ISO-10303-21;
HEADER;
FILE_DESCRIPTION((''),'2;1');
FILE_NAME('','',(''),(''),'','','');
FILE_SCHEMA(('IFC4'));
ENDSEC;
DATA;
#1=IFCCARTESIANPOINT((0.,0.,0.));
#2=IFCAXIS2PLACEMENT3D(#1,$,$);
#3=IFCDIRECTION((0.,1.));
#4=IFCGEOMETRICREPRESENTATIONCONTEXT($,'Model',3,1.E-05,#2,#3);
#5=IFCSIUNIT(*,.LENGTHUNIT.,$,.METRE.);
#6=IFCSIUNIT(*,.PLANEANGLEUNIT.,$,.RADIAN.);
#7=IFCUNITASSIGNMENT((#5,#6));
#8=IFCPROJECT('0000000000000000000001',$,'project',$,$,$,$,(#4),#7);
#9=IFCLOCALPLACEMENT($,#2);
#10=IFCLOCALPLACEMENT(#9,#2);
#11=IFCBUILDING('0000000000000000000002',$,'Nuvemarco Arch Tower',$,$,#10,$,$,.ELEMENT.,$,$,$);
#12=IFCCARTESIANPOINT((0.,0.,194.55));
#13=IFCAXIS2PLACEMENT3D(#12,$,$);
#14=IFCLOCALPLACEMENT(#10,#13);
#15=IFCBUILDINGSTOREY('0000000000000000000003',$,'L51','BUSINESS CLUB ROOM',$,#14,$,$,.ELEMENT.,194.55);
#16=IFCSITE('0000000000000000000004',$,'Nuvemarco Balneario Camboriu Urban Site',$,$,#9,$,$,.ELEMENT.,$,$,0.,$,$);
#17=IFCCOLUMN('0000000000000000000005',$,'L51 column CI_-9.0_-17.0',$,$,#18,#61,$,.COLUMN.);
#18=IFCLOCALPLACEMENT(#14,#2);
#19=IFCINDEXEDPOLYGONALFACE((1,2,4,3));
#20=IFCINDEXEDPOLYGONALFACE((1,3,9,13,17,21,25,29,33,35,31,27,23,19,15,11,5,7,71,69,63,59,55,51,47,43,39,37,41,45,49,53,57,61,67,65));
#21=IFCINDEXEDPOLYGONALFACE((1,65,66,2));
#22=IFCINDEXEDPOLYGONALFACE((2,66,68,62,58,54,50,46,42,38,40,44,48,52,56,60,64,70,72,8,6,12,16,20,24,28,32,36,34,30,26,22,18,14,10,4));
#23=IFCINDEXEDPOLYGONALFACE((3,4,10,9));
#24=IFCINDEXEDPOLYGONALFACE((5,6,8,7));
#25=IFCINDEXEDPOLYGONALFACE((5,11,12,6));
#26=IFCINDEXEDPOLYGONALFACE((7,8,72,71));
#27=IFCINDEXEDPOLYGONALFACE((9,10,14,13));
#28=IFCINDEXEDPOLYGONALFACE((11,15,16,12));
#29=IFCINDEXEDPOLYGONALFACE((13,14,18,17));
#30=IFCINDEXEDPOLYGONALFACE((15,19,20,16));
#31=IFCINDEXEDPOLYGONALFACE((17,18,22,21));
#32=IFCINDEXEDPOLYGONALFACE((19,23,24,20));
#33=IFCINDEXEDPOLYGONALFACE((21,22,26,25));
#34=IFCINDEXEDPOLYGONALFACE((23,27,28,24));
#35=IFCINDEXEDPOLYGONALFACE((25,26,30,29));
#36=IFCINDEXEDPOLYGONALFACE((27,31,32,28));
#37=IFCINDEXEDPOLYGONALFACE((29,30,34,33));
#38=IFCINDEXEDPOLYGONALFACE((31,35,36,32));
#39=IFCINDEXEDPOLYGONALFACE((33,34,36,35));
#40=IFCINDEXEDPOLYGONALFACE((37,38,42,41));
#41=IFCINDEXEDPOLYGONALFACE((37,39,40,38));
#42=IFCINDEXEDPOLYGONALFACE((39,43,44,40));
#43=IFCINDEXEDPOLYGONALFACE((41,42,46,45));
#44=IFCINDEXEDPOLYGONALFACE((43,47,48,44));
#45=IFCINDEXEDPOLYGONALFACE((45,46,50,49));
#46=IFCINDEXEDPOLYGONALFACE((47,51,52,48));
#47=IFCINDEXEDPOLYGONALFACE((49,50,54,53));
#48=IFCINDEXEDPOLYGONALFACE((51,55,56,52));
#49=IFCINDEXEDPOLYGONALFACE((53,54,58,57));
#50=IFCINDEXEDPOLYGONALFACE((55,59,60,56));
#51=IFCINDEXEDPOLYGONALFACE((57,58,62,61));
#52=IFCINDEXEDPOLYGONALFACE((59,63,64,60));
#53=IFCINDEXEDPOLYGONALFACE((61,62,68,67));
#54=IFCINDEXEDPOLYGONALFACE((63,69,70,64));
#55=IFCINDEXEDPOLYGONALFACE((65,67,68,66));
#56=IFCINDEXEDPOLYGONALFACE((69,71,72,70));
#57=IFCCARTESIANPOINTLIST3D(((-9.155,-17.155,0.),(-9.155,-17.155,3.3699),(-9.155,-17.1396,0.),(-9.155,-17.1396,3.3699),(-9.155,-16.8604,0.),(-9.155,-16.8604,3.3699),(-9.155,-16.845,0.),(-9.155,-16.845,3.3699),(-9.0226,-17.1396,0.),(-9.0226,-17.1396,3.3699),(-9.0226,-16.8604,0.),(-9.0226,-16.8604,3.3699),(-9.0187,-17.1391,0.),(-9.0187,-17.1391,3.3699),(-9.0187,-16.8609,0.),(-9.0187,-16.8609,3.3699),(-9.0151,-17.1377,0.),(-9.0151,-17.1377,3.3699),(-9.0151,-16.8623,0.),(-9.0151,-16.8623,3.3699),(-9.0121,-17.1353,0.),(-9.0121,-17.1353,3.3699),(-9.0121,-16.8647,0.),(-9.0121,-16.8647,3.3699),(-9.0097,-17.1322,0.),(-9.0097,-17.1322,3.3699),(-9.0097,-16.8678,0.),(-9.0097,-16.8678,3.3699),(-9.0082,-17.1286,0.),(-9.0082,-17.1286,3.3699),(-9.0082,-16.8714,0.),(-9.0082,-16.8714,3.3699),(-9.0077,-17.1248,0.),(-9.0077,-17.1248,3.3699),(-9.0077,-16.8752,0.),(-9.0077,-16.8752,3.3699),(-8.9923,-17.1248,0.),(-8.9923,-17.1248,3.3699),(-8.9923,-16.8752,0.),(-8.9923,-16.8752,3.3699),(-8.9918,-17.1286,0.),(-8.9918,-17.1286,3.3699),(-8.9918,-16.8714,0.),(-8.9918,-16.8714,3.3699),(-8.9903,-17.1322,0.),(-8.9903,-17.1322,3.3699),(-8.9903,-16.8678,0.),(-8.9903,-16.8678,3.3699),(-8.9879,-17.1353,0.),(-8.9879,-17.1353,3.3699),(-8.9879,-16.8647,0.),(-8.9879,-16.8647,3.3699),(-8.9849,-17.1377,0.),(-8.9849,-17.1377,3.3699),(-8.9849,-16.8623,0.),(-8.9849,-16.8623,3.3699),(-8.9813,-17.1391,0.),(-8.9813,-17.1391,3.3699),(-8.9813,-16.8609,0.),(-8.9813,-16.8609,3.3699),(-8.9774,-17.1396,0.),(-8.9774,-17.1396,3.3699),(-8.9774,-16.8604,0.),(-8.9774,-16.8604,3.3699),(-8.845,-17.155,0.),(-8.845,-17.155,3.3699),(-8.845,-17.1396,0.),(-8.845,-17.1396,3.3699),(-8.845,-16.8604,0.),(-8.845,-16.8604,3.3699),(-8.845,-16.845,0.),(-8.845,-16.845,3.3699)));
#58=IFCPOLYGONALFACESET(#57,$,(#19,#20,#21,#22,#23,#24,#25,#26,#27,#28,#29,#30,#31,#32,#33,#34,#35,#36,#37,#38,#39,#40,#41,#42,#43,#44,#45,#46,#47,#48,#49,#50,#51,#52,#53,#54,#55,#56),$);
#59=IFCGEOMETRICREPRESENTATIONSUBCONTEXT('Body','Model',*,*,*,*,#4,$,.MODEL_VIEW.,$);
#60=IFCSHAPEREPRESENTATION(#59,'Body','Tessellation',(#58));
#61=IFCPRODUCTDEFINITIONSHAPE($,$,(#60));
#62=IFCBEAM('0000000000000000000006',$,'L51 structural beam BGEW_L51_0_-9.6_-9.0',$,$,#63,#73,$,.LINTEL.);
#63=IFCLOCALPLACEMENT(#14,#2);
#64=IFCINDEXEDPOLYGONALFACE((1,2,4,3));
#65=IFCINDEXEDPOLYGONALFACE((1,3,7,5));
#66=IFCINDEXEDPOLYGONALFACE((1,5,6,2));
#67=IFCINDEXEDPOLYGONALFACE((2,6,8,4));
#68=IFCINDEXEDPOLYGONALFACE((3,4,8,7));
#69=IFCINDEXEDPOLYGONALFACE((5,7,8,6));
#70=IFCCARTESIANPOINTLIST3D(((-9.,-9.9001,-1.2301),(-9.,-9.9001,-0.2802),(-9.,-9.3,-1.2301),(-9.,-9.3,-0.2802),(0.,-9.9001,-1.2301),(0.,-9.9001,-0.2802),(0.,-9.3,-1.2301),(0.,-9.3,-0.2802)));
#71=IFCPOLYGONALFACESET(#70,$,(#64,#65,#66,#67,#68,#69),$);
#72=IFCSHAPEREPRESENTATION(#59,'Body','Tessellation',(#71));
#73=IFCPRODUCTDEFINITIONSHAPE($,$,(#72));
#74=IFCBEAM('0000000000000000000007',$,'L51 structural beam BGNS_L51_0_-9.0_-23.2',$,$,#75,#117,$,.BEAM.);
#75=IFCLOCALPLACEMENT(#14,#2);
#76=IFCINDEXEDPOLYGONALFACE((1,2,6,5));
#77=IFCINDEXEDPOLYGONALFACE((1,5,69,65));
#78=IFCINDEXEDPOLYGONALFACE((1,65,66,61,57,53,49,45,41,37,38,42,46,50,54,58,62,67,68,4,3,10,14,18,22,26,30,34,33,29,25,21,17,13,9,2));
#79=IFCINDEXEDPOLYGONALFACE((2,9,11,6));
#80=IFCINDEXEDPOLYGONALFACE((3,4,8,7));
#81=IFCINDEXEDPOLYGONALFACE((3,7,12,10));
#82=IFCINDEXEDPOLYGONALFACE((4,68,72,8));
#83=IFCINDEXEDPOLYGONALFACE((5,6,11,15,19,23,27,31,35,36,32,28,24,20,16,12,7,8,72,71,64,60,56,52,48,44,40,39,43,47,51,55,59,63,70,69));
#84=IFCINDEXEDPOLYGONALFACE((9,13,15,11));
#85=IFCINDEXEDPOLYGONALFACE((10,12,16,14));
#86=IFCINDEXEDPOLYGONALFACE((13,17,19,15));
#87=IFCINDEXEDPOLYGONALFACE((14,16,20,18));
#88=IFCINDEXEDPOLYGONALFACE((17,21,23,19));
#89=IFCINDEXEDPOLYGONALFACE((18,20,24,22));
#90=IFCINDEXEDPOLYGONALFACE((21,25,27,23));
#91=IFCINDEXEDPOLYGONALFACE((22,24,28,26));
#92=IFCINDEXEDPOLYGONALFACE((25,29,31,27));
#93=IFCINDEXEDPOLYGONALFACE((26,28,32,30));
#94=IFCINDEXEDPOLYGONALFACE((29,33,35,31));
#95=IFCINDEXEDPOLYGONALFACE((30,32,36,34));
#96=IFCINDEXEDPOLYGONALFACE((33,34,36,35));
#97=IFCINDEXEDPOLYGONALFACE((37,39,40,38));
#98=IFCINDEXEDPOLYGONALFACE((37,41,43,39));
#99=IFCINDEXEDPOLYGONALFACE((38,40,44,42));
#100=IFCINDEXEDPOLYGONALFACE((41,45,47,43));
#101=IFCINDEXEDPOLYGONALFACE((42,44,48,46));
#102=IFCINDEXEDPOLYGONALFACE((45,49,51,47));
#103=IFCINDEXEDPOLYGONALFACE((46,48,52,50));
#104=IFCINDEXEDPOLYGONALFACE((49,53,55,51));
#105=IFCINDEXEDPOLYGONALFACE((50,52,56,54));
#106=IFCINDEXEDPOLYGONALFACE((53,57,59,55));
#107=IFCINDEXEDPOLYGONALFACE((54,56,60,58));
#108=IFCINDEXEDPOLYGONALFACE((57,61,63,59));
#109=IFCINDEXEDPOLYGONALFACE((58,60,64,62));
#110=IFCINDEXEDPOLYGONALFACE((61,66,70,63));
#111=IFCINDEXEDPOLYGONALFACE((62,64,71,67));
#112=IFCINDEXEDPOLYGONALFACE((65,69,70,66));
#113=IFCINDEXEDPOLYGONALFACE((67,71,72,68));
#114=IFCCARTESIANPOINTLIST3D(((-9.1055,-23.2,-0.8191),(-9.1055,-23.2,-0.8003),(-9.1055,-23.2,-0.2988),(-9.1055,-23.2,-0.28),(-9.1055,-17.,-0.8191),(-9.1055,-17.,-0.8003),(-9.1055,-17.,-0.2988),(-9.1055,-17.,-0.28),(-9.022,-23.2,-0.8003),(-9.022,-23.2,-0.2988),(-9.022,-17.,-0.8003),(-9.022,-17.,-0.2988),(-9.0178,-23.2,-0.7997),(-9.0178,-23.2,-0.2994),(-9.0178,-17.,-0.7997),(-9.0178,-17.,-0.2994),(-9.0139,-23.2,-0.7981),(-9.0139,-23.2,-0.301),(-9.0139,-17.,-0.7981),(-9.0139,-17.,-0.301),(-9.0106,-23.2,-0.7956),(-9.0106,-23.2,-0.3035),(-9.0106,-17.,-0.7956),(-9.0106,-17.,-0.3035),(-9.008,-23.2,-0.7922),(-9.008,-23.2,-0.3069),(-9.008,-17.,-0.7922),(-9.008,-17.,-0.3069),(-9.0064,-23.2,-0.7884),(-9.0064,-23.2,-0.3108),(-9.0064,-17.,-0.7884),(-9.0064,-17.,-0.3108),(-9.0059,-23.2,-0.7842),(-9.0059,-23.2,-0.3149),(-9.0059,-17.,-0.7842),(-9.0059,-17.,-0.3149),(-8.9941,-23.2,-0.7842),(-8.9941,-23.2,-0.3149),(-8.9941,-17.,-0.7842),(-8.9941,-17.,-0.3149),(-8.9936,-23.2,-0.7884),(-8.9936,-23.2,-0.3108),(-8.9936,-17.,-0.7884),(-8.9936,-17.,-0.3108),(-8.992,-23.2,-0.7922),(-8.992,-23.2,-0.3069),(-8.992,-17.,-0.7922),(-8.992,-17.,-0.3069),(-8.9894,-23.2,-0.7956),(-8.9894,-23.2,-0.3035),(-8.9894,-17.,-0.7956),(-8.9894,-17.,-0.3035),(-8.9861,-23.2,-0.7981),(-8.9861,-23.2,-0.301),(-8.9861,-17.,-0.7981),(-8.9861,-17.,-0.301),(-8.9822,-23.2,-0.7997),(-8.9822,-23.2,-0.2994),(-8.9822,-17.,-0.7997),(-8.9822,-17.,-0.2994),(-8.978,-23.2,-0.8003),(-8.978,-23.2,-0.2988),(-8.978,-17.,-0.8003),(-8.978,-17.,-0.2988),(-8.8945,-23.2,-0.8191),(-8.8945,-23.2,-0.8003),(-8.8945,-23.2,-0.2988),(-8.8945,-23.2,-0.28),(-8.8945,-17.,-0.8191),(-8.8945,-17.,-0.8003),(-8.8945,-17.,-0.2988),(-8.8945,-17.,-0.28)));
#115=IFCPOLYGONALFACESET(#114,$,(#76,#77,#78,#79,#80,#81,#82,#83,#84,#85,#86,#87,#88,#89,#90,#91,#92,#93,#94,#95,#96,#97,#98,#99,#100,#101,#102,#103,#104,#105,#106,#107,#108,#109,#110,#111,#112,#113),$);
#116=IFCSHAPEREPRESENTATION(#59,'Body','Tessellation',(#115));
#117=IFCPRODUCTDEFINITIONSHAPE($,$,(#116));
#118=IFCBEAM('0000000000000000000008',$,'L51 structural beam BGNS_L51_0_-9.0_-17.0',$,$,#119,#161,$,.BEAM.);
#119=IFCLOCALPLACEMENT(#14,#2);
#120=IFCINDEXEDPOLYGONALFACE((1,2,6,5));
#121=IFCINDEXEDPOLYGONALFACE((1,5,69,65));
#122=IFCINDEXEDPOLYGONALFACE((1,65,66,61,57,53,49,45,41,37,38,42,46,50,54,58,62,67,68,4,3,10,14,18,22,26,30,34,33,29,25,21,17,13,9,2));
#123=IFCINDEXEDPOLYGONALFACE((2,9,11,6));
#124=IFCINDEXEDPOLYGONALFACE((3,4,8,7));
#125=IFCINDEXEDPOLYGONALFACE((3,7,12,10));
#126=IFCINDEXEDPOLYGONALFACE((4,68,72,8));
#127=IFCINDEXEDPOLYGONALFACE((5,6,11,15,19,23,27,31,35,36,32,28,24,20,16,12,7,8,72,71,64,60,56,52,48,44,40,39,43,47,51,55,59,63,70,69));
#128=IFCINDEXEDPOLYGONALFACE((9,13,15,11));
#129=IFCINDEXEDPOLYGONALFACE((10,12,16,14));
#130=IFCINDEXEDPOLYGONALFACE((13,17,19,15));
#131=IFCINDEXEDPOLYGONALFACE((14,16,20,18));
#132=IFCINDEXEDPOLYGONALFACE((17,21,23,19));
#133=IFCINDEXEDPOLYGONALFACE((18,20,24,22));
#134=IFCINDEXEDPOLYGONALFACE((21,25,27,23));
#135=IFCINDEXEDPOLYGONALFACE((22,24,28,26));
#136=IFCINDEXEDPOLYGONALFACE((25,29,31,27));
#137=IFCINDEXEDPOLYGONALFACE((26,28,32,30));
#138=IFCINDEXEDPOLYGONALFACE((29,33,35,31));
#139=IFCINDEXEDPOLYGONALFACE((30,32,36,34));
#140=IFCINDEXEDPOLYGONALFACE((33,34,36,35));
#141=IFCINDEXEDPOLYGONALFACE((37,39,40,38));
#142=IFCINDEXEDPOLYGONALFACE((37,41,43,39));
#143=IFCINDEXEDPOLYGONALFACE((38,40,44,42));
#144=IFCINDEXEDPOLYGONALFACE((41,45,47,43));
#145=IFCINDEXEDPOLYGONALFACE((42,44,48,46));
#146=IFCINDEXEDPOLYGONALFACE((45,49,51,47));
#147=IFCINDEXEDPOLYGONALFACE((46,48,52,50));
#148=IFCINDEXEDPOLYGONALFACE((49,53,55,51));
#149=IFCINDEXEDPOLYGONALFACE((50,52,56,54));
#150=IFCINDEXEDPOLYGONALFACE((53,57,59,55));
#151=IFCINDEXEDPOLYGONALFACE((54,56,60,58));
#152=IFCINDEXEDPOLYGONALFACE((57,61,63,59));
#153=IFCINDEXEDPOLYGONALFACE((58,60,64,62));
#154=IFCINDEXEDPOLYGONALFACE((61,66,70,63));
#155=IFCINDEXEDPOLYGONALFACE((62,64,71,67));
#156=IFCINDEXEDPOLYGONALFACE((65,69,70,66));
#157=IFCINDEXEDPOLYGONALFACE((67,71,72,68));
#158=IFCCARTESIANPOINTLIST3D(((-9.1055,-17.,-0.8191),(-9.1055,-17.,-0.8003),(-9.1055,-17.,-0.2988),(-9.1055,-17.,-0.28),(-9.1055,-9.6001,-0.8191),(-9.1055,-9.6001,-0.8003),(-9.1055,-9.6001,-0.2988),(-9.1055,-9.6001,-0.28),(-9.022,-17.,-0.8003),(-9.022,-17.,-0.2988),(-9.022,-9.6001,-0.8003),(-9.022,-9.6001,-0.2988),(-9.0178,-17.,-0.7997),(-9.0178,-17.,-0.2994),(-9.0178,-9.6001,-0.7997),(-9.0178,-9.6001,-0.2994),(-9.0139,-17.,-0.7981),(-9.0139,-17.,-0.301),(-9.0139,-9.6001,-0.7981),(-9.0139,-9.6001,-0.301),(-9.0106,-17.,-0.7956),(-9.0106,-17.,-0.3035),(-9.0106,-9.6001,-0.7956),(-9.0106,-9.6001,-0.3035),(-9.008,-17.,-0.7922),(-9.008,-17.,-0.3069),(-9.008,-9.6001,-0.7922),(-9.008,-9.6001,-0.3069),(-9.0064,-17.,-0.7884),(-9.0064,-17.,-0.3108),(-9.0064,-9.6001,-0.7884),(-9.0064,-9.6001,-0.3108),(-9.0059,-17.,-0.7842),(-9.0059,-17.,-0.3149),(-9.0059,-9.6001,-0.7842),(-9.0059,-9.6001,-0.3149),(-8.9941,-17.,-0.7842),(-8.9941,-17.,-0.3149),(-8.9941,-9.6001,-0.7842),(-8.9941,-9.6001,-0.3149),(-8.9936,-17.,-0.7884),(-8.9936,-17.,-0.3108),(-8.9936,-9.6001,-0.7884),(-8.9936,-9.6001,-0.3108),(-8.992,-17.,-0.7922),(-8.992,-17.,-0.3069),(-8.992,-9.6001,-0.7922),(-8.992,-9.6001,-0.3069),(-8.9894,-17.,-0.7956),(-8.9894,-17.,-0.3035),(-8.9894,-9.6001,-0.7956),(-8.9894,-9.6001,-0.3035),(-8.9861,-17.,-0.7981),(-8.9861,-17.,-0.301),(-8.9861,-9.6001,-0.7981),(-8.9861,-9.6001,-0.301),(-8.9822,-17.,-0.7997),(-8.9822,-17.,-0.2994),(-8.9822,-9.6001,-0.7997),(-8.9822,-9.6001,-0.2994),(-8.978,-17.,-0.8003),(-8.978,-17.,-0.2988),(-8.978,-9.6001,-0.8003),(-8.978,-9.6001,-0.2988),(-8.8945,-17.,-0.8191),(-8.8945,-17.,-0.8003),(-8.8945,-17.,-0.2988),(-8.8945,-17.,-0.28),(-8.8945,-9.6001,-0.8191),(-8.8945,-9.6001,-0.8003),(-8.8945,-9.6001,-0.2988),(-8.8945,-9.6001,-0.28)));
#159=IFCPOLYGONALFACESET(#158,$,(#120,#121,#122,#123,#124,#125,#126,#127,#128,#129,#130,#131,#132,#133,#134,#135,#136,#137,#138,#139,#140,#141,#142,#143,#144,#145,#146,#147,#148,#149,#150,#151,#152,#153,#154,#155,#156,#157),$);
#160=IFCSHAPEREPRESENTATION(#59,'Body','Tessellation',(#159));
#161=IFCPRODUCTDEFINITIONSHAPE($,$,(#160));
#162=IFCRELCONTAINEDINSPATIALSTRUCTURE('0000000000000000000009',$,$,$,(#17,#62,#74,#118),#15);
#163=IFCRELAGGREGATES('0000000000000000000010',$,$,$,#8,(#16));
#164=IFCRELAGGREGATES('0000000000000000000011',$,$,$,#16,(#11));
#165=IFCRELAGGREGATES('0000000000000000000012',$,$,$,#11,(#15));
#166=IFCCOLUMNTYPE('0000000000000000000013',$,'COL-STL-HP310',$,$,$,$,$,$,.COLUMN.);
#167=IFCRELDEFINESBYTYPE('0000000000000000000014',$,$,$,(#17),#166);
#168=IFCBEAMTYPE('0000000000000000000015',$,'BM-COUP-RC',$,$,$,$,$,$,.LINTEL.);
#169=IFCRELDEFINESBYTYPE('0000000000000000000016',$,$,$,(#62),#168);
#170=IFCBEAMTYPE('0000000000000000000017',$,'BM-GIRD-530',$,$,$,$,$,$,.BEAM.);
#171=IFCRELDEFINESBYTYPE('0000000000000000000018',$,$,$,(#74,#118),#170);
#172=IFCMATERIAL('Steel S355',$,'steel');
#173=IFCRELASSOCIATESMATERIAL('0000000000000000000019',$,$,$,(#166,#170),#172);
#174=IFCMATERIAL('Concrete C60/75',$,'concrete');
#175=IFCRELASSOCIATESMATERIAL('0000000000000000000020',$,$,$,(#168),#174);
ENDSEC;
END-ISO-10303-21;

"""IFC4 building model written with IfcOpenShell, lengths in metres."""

from ifc_helpers import new_model, si_unit, direction, frame, origin, origin_2d, place, context, subcontext, project, spatial, rectangle, i_section, extrude, material, material_profile, profile_set, type_object, element, save


model = new_model("IFC4")

# Units and contexts
model_context = context("Model", 3, precision=1e-05, world=origin(), true_north=direction((0.0, 1.0)))
body_context = subcontext(model_context, "Body", "Model", "MODEL_VIEW")
ifc_project = project(units=[si_unit("LENGTHUNIT", "METRE"), si_unit("PLANEANGLEUNIT", "RADIAN")], contexts=[model_context])

# Site, building, storey
site_placement = place(None, origin())
site = spatial("IfcSite", under=ifc_project, at=site_placement, Name="Nuvemarco Balneario Camboriu Urban Site", CompositionType="ELEMENT", RefElevation=0.0)
building_placement = place(site_placement, origin())
building = spatial("IfcBuilding", under=site, at=building_placement, Name="Nuvemarco Arch Tower", CompositionType="ELEMENT")
storey_placement = place(building_placement, frame((0.0, 0.0, 194.55)))
storey = spatial("IfcBuildingStorey", under=building, at=storey_placement, Name="L51", Description="BUSINESS CLUB ROOM", CompositionType="ELEMENT", Elevation=194.55)

# Column
ifc_material_1 = material(Name="Steel S355", Category="steel")
ifc_material_profile_1 = material_profile(ifc_material_1, i_section(OverallWidth=0.3101, OverallDepth=0.3101, WebThickness=0.0154, FlangeThickness=0.0154, FilletRadius=0.0149, at=origin_2d()), Name="HP310x110")
ifc_profile_set_1 = profile_set([ifc_material_profile_1], Name="Steel S355")
column_type_1 = type_object("IfcColumnType", Name="COL-STL-HP310", PredefinedType="COLUMN", material=ifc_profile_set_1)
column_1_placement = place(storey_placement, frame((-9.0, -17.0, 0.0), z_axis=(0.0, 0.0, 1.0), x_axis=(1.0, 0.0, 0.0)))
element("IfcColumn", 1, at=column_1_placement, inside=storey, type_object=column_type_1, Name="L51 column CI_-9.0_-17.0", PredefinedType="COLUMN", context=body_context, shape_type="SweptSolid", body=[
    extrude(i_section(OverallWidth=0.3101, OverallDepth=0.3101, WebThickness=0.0154, FlangeThickness=0.0154, FilletRadius=0.0149, at=origin_2d()), origin(), (0.0, 0.0, 1.0), 3.3699),
])

# Beams
ifc_material_2 = material(Name="Concrete C60/75", Category="concrete")
ifc_material_profile_2 = material_profile(ifc_material_2, rectangle(XDim=0.6001, YDim=0.95, at=origin_2d()), Name="RC-BM-600x950")
ifc_profile_set_2 = profile_set([ifc_material_profile_2], Name="Concrete C60/75")
beam_type_1 = type_object("IfcBeamType", Name="BM-COUP-RC", PredefinedType="LINTEL", material=ifc_profile_set_2)
beam_1_placement = place(storey_placement, frame((-9.0, -9.6001, -0.7551), z_axis=(1.0, 0.0, 0.0), x_axis=(0.0, 1.0, 0.0)))
element("IfcBeam", 2, at=beam_1_placement, inside=storey, type_object=beam_type_1, Name="L51 structural beam BGEW_L51_0_-9.6_-9.0", PredefinedType="LINTEL", context=body_context, shape_type="SweptSolid", body=[
    extrude(rectangle(XDim=0.6001, YDim=0.95, at=origin_2d()), origin(), (0.0, 0.0, 1.0), 9.0),
])
ifc_material_profile_3 = material_profile(ifc_material_1, i_section(OverallWidth=0.2109, OverallDepth=0.5391, WebThickness=0.0117, FlangeThickness=0.0188, FilletRadius=0.0161, at=origin_2d()), Name="W530x109")
ifc_profile_set_3 = profile_set([ifc_material_profile_3], Name="Steel S355")
beam_type_2 = type_object("IfcBeamType", Name="BM-GIRD-530", PredefinedType="BEAM", material=ifc_profile_set_3)
beam_2_placement = place(storey_placement, frame((-9.0, -23.2, -0.5496), z_axis=(0.0, 1.0, 0.0), x_axis=(-1.0, 0.0, 0.0)))
element("IfcBeam", 3, at=beam_2_placement, inside=storey, type_object=beam_type_2, Name="L51 structural beam BGNS_L51_0_-9.0_-23.2", PredefinedType="BEAM", context=body_context, shape_type="SweptSolid", body=[
    extrude(i_section(OverallWidth=0.2109, OverallDepth=0.5391, WebThickness=0.0117, FlangeThickness=0.0188, FilletRadius=0.0161, at=origin_2d()), origin(), (0.0, 0.0, 1.0), 6.2),
])
beam_3_placement = place(storey_placement, frame((-9.0, -17.0, -0.5496), z_axis=(0.0, 1.0, 0.0), x_axis=(-1.0, 0.0, 0.0)))
element("IfcBeam", 4, at=beam_3_placement, inside=storey, type_object=beam_type_2, Name="L51 structural beam BGNS_L51_0_-9.0_-17.0", PredefinedType="BEAM", context=body_context, shape_type="SweptSolid", body=[
    extrude(i_section(OverallWidth=0.2109, OverallDepth=0.5391, WebThickness=0.0117, FlangeThickness=0.0188, FilletRadius=0.0161, at=origin_2d()), origin(), (0.0, 0.0, 1.0), 7.3999),
])

save(model, "model.ifc")
